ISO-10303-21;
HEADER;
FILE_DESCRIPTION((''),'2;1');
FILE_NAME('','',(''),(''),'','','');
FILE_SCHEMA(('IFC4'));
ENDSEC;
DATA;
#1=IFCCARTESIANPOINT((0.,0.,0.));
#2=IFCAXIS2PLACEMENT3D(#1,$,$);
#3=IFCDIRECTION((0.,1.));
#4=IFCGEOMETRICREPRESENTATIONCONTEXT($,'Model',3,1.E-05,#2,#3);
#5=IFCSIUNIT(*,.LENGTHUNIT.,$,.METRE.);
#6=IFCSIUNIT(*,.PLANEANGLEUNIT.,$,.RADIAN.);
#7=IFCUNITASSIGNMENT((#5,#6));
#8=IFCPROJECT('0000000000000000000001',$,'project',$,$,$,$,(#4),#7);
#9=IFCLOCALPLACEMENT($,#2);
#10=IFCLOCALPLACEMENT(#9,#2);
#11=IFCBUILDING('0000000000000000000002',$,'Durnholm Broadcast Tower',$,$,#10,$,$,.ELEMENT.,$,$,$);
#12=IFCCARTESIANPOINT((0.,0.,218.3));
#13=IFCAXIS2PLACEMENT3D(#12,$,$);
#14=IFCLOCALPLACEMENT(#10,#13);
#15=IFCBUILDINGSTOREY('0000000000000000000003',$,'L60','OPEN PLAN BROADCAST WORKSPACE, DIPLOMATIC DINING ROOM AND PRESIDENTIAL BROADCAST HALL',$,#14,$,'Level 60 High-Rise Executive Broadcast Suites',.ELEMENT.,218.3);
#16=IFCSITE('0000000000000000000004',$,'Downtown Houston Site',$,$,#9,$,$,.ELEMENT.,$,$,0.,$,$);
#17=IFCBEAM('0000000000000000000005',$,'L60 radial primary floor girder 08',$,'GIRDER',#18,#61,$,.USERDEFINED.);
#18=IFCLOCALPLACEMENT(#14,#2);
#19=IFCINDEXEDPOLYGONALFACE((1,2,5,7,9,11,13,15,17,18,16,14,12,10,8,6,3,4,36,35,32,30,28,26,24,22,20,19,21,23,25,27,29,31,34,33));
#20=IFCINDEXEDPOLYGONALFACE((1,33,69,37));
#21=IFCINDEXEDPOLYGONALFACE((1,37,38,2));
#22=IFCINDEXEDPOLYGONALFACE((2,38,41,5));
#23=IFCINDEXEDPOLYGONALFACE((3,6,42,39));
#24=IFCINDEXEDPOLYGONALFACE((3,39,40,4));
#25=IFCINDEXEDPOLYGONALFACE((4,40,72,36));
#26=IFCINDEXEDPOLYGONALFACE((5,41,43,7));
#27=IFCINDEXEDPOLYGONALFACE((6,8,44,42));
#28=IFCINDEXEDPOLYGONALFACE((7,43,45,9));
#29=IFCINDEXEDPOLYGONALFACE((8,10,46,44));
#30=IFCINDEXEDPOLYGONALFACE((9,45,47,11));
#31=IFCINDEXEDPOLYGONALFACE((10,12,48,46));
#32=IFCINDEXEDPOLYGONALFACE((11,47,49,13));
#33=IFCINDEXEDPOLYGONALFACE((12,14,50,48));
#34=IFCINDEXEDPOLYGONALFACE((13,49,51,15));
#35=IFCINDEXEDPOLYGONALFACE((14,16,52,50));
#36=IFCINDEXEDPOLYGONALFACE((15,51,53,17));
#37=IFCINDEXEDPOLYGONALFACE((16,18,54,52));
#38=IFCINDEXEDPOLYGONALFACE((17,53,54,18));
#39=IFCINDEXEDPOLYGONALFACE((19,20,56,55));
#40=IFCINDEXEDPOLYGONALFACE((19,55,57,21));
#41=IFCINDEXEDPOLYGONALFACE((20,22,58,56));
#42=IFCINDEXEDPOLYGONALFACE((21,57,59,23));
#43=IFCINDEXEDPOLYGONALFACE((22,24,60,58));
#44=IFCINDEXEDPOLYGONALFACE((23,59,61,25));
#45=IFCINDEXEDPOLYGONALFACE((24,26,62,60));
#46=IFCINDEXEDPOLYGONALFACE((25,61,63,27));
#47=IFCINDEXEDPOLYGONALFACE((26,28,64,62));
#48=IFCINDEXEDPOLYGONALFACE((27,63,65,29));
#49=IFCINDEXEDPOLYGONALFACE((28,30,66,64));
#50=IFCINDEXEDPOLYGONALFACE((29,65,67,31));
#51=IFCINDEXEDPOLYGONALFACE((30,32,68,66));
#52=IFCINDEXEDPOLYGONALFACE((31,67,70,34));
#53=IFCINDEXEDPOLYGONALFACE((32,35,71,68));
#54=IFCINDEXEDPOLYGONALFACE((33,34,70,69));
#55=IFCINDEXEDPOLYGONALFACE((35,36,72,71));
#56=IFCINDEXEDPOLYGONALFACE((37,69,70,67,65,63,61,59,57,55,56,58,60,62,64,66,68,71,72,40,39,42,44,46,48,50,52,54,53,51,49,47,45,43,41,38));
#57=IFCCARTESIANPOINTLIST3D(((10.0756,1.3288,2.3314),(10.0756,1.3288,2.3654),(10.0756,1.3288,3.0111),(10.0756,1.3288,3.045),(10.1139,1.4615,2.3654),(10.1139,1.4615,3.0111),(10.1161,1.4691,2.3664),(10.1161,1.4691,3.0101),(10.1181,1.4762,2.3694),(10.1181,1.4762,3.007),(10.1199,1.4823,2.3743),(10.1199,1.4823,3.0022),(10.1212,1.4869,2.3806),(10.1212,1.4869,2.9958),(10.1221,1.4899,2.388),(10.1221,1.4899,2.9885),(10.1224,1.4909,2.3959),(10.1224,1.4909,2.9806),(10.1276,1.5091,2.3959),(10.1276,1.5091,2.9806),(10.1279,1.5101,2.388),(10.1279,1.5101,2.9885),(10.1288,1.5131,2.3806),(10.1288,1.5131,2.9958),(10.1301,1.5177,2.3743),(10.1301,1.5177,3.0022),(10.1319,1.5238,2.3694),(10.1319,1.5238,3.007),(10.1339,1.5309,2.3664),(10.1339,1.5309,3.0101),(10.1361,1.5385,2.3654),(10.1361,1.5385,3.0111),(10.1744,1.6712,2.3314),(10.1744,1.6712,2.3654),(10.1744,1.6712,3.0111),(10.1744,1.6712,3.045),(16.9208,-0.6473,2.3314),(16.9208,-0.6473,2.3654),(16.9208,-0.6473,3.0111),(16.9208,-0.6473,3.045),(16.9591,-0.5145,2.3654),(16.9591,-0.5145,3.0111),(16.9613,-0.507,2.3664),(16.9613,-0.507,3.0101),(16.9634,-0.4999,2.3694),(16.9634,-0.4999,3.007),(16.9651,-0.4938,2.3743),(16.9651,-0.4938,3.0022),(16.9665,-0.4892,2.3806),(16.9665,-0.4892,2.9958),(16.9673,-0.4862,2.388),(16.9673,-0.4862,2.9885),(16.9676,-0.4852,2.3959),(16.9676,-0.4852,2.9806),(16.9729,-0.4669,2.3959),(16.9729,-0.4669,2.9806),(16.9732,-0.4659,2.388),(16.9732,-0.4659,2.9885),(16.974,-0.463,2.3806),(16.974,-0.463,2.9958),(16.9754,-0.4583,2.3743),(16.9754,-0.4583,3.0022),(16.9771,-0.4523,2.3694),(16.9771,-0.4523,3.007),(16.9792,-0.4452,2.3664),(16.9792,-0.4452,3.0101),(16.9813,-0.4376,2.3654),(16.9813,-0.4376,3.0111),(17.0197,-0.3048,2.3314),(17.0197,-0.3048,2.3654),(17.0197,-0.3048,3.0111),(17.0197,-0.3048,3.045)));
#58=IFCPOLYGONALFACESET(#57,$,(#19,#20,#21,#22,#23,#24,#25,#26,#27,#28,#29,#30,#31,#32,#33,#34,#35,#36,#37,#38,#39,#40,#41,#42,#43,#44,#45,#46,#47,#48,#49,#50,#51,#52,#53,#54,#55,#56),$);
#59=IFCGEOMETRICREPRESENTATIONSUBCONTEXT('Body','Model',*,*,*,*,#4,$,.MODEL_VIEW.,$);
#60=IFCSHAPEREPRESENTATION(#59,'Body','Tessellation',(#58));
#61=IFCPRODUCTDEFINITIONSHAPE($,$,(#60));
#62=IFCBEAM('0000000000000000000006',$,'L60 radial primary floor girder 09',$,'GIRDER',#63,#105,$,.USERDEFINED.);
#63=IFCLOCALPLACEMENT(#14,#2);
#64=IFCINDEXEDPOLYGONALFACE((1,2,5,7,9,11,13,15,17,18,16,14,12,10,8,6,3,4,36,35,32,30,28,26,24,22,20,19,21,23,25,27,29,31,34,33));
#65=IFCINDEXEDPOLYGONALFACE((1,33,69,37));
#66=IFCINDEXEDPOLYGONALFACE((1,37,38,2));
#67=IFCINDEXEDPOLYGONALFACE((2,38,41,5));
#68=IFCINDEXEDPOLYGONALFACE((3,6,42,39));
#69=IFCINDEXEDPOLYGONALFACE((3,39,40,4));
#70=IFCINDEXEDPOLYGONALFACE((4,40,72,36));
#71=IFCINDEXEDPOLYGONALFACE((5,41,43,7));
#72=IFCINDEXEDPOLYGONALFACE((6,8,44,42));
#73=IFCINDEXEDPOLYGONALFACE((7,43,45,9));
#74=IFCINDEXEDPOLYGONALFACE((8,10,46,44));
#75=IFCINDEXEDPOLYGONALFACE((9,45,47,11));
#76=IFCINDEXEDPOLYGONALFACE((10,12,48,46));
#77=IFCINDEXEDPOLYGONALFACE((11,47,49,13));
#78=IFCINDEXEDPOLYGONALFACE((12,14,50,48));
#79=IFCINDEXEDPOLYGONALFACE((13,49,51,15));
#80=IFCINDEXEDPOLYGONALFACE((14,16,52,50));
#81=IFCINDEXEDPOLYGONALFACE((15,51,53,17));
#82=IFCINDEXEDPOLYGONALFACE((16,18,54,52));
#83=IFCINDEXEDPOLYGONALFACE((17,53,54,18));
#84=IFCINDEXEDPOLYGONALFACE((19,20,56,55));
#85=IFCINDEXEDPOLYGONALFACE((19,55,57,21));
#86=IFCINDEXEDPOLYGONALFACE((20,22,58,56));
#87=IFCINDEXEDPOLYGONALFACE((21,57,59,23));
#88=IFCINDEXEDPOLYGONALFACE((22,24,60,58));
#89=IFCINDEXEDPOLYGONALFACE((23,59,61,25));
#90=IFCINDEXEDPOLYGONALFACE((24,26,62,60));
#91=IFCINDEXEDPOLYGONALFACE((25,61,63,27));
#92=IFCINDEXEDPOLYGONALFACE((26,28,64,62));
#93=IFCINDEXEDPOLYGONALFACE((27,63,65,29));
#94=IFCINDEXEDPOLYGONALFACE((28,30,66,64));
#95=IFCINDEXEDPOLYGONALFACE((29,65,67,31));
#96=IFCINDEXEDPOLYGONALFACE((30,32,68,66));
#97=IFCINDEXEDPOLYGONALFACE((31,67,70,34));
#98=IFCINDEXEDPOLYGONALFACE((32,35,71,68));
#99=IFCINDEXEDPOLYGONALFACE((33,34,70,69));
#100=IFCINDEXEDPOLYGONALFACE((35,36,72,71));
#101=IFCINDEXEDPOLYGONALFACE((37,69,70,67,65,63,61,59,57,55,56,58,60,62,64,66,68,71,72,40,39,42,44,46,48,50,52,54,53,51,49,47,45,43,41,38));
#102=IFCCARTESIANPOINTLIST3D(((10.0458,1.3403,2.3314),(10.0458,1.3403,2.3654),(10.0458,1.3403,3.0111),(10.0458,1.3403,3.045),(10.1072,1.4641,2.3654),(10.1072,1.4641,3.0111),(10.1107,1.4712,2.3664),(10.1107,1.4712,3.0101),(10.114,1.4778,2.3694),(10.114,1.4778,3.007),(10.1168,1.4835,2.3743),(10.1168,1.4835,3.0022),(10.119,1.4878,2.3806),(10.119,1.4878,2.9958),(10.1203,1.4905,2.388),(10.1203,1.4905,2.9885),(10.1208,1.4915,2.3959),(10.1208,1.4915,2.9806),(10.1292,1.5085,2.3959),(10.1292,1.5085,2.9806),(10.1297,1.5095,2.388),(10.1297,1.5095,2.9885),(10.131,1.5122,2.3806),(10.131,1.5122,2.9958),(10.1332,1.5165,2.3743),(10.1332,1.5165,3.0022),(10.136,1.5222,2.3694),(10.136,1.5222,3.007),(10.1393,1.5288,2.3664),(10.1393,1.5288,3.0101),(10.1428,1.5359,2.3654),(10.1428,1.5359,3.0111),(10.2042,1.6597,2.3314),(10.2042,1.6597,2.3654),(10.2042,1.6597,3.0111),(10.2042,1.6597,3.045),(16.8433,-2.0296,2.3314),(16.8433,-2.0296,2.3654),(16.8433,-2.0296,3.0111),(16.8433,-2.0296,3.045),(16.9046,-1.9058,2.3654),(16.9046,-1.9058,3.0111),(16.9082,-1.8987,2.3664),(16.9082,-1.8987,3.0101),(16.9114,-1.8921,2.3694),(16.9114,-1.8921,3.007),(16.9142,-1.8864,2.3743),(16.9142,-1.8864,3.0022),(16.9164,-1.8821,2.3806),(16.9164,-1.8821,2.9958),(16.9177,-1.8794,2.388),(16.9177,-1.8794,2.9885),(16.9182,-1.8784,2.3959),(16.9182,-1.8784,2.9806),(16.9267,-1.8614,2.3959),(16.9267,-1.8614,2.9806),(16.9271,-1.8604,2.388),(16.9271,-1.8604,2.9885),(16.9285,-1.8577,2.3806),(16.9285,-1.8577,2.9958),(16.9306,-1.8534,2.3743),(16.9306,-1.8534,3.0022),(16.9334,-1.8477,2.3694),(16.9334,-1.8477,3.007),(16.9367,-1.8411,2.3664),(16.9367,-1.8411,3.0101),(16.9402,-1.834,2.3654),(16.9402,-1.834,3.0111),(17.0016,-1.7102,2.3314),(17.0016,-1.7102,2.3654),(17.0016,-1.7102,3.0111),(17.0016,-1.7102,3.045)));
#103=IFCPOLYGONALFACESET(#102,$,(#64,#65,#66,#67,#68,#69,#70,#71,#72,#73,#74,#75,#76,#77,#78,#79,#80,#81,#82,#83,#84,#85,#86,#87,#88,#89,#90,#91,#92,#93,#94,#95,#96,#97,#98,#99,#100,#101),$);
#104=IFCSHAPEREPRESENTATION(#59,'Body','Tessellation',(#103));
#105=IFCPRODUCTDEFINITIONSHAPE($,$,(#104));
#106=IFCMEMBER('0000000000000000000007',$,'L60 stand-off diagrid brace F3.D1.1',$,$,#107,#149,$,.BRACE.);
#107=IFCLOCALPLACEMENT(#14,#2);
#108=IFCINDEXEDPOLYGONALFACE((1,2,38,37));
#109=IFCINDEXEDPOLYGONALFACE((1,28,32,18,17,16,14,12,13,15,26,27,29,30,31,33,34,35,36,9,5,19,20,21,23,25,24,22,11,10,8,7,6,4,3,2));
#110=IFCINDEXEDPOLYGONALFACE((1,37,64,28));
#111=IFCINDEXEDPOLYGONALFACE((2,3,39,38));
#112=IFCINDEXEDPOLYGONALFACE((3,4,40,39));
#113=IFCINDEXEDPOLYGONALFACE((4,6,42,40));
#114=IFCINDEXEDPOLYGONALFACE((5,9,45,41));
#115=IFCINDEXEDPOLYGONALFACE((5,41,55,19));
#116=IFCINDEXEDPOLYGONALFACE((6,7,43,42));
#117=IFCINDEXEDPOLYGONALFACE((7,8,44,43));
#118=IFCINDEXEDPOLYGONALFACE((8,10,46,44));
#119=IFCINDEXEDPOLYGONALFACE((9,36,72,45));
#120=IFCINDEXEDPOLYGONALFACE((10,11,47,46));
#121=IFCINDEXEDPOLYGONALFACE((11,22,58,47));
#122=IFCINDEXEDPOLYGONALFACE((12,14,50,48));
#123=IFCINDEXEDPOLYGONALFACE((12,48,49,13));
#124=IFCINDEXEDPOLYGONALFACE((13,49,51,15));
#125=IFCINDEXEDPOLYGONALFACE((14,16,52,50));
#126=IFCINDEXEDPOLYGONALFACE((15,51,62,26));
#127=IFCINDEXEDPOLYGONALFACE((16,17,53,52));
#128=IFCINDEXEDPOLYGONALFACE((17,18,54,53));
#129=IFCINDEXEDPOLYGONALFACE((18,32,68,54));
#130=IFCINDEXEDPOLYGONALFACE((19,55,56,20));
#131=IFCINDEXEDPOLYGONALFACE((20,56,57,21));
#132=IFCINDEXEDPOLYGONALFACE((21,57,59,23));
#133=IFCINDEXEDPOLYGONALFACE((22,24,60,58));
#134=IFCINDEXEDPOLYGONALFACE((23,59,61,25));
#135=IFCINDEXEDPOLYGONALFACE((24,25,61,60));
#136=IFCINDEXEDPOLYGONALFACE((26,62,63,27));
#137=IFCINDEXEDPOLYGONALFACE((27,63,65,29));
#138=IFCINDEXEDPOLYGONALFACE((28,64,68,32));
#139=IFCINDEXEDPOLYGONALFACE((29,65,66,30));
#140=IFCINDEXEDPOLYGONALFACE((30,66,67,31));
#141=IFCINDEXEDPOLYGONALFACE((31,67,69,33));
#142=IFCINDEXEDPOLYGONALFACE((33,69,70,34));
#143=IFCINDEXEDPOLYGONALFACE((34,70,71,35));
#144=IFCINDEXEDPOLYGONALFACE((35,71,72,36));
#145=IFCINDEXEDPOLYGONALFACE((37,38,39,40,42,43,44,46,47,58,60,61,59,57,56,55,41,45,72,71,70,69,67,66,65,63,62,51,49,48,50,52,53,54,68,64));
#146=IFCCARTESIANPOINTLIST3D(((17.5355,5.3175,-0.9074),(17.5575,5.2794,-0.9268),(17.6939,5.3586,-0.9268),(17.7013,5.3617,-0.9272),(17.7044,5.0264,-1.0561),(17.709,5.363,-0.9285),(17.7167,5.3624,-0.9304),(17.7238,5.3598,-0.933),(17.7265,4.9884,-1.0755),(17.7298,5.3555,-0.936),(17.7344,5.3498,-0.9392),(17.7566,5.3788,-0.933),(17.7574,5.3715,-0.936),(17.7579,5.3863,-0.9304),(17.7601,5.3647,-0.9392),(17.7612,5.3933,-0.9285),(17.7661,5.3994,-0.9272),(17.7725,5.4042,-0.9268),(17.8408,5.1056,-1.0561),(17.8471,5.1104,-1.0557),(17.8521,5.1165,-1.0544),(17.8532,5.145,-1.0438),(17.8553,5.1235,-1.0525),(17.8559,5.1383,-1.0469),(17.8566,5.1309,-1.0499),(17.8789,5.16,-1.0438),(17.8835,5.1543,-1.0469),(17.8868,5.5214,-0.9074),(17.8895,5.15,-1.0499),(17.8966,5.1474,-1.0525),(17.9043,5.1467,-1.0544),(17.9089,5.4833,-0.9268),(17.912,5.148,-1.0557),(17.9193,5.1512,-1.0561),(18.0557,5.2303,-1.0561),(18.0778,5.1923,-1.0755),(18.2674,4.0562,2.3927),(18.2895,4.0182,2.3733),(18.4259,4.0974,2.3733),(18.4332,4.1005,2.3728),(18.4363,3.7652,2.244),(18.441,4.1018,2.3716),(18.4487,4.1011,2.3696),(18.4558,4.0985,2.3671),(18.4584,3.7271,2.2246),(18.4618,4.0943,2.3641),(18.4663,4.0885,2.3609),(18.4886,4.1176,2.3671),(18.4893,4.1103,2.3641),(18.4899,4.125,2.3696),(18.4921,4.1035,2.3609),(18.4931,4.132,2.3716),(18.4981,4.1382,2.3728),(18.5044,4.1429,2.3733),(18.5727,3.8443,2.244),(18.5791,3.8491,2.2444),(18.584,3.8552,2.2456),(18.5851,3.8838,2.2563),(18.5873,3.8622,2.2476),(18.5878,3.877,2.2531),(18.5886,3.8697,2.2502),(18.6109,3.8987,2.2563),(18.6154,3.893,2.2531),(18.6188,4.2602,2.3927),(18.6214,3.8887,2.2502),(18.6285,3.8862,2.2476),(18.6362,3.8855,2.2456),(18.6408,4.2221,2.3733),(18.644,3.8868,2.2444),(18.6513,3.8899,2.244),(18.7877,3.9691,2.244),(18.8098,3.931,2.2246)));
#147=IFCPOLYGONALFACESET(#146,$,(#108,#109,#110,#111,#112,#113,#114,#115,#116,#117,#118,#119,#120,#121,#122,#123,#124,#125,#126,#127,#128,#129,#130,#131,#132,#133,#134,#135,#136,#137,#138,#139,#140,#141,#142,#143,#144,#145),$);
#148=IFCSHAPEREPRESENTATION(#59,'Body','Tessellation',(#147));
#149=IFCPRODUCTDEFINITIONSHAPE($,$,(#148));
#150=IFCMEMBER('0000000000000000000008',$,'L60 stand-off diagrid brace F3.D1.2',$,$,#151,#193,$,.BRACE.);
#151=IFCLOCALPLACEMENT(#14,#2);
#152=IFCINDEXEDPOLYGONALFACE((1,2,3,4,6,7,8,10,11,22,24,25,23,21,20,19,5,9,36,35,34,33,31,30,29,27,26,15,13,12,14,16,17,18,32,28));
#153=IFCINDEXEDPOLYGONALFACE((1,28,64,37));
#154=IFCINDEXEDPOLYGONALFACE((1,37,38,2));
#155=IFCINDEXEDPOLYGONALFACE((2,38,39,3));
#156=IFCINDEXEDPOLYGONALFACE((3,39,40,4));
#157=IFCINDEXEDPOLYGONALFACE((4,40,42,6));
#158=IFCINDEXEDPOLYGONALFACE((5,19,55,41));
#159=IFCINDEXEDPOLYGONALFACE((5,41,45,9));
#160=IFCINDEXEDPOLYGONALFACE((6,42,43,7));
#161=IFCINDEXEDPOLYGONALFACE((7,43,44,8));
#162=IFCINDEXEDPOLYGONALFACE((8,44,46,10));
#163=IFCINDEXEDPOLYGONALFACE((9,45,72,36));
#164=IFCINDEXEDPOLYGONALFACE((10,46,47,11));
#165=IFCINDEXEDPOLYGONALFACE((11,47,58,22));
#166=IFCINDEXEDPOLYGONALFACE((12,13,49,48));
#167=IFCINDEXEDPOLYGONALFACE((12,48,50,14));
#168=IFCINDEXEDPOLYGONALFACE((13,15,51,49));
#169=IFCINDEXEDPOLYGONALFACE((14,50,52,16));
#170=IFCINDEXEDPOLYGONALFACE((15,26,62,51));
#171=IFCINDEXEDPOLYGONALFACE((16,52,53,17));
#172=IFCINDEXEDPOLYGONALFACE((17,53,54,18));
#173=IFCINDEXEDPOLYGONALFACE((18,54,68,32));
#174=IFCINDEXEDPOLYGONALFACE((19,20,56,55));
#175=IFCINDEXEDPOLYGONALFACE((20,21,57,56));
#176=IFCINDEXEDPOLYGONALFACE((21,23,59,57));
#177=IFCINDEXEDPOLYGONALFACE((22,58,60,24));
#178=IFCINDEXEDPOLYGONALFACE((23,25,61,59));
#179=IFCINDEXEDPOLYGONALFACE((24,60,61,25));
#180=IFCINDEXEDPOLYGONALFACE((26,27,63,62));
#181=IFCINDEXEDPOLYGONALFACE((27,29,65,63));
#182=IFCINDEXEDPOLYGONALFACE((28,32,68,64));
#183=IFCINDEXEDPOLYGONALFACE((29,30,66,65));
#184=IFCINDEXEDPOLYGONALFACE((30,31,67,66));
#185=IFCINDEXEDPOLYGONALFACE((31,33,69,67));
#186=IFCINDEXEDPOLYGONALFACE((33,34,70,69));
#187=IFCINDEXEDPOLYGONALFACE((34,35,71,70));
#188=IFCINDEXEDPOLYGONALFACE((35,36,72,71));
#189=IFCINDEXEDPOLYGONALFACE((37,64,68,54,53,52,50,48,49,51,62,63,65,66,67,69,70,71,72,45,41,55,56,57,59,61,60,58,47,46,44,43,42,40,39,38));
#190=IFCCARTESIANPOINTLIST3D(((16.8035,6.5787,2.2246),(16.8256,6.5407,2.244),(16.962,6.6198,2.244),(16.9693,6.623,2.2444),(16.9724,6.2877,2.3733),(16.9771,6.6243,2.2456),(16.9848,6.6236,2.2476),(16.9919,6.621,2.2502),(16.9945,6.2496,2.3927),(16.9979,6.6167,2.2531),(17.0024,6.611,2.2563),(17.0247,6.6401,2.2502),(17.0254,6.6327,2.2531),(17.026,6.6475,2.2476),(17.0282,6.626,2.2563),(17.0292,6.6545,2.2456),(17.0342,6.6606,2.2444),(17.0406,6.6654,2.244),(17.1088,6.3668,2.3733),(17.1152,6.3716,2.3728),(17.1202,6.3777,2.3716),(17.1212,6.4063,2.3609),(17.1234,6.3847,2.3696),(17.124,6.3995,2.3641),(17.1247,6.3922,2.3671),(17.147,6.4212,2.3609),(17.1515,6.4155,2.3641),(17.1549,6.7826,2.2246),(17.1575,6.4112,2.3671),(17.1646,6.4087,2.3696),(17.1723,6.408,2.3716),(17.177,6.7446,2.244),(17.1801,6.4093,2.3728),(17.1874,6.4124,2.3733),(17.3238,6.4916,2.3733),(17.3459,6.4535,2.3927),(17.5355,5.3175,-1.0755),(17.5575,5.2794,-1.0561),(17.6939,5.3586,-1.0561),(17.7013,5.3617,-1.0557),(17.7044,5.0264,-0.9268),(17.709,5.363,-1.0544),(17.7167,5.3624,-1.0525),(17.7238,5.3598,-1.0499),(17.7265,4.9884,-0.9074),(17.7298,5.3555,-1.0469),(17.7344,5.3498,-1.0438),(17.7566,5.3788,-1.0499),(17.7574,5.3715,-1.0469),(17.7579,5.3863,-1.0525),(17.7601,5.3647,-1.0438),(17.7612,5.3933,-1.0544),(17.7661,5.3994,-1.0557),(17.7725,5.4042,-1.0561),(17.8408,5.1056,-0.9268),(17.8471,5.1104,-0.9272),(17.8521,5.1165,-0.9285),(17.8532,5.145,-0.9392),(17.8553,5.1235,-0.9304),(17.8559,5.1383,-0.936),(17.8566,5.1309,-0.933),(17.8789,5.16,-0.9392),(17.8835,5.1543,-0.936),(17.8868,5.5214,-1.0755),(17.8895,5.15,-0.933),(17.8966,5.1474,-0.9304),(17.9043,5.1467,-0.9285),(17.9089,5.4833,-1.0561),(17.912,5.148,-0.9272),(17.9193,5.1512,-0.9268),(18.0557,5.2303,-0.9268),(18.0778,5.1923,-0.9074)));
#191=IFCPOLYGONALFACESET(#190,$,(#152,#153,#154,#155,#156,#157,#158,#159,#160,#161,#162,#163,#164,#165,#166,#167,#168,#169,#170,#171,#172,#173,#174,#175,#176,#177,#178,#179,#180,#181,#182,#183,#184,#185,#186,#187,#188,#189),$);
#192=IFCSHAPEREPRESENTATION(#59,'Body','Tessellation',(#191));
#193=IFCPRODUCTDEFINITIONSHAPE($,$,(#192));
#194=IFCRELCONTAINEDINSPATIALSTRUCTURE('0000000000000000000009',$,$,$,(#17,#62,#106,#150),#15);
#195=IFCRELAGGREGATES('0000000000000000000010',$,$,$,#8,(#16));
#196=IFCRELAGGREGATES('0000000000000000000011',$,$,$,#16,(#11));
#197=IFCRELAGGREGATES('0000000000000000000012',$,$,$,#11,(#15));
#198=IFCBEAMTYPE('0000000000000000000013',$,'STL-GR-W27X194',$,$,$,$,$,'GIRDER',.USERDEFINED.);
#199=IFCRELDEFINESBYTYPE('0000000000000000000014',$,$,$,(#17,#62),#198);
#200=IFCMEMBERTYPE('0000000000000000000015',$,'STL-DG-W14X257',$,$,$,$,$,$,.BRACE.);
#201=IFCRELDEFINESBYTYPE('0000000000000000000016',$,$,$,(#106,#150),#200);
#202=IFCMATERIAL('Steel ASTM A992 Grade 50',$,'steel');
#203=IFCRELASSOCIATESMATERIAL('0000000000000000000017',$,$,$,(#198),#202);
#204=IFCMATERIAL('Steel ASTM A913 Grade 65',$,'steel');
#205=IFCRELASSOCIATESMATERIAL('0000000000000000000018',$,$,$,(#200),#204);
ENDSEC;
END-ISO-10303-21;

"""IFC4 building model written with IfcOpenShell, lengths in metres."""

from ifc_helpers import new_model, si_unit, direction, frame, origin, origin_2d, place, context, subcontext, project, spatial, i_section, extrude, source, transform, mapped, material, material_profile, profile_set, type_object, type_shapes, element, save


model = new_model("IFC4")

# Units and contexts
model_context = context("Model", 3, precision=1e-05, world=origin(), true_north=direction((0.0, 1.0)))
body_context = subcontext(model_context, "Body", "Model", "MODEL_VIEW")
ifc_project = project(units=[si_unit("LENGTHUNIT", "METRE"), si_unit("PLANEANGLEUNIT", "RADIAN")], contexts=[model_context])

# Site, building, storey
site_placement = place(None, origin())
site = spatial("IfcSite", under=ifc_project, at=site_placement, Name="Downtown Houston Site", CompositionType="ELEMENT", RefElevation=0.0)
building_placement = place(site_placement, origin())
building = spatial("IfcBuilding", under=site, at=building_placement, Name="Durnholm Broadcast Tower", CompositionType="ELEMENT")
storey_placement = place(building_placement, frame((0.0, 0.0, 218.3)))
storey = spatial("IfcBuildingStorey", under=building, at=storey_placement, Name="L60", Description="OPEN PLAN BROADCAST WORKSPACE, DIPLOMATIC DINING ROOM AND PRESIDENTIAL BROADCAST HALL", LongName="Level 60 High-Rise Executive Broadcast Suites", CompositionType="ELEMENT", Elevation=218.3)

# Beams
ifc_material_1 = material(Name="Steel ASTM A992 Grade 50", Category="steel")
ifc_material_profile_1 = material_profile(ifc_material_1, i_section(OverallWidth=0.3564, OverallDepth=0.7136, WebThickness=0.019, FlangeThickness=0.0339, FilletRadius=0.0305, at=origin_2d()), Name="W27X194")
ifc_profile_set_1 = profile_set([ifc_material_profile_1], Name="Steel ASTM A992 Grade 50")
beam_type_1 = type_object("IfcBeamType", Name="STL-GR-W27X194", ElementType="GIRDER", PredefinedType="USERDEFINED", material=ifc_profile_set_1)
shared_shape_1 = source(origin(), body_context, "Body", "SweptSolid", [
    extrude(i_section(OverallWidth=0.3564, OverallDepth=0.7136, WebThickness=0.019, FlangeThickness=0.0339, FilletRadius=0.0305, at=origin_2d()), origin(), (0.0, 0.0, 1.0), 7.1248),
])
beam_1_placement = place(storey_placement, frame((10.125, 1.5, 2.6882), z_axis=(0.960768, -0.277354, 0.0), x_axis=(0.277354, 0.960768, 0.0)))
element("IfcBeam", 1, at=beam_1_placement, inside=storey, type_object=beam_type_1, Name="L60 radial primary floor girder 08", ObjectType="GIRDER", PredefinedType="USERDEFINED", context=body_context, shape_type="MappedRepresentation", body=[
    mapped(shared_shape_1, transform((0.0, 0.0, 0.0), x_axis=(1.0, 0.0, 0.0), y_axis=(0.0, 1.0, 0.0), z_axis=(0.0, 0.0, 1.0), scale=1.0)),
])
shared_shape_2 = source(origin(), body_context, "Body", "SweptSolid", [
    extrude(i_section(OverallWidth=0.3564, OverallDepth=0.7136, WebThickness=0.019, FlangeThickness=0.0339, FilletRadius=0.0305, at=origin_2d()), origin(), (0.0, 0.0, 1.0), 7.5869),
])
type_shapes(beam_type_1, [shared_shape_1, shared_shape_2])
beam_2_placement = place(storey_placement, frame((10.125, 1.5, 2.6882), z_axis=(0.895941, -0.444173, 0.0), x_axis=(0.444173, 0.895941, 0.0)))
element("IfcBeam", 2, at=beam_2_placement, inside=storey, type_object=beam_type_1, Name="L60 radial primary floor girder 09", ObjectType="GIRDER", PredefinedType="USERDEFINED", context=body_context, shape_type="MappedRepresentation", body=[
    mapped(shared_shape_2, transform((0.0, 0.0, 0.0), x_axis=(1.0, 0.0, 0.0), y_axis=(0.0, 1.0, 0.0), z_axis=(0.0, 0.0, 1.0), scale=1.0)),
])

# Members
ifc_material_2 = material(Name="Steel ASTM A913 Grade 65", Category="steel")
ifc_material_profile_2 = material_profile(ifc_material_2, i_section(OverallWidth=0.4062, OverallDepth=0.416, WebThickness=0.0298, FlangeThickness=0.0481, FilletRadius=0.0305, at=origin_2d()), Name="W14X257")
ifc_profile_set_2 = profile_set([ifc_material_profile_2], Name="Steel ASTM A913 Grade 65")
member_type_1 = type_object("IfcMemberType", Name="STL-DG-W14X257", PredefinedType="BRACE", material=ifc_profile_set_2)
shared_shape_3 = source(origin(), body_context, "Body", "SweptSolid", [
    extrude(i_section(OverallWidth=0.4062, OverallDepth=0.416, WebThickness=0.0298, FlangeThickness=0.0481, FilletRadius=0.0305, at=origin_2d()), origin(), (0.0, 0.0, 1.0), 3.6079),
])
type_shapes(member_type_1, [shared_shape_3])
for number, where, z_axis, x_axis, name in (
    (3, (17.8066, 5.2549, -0.9915), (0.202871, -0.349577, 0.91468), (0.864906, 0.501934, 0.0), "L60 stand-off diagrid brace F3.D1.1"),
    (4, (17.8066, 5.2549, -0.9915), (-0.202871, 0.349577, 0.91468), (-0.864906, -0.501934, 0.0), "L60 stand-off diagrid brace F3.D1.2"),
):
    element("IfcMember", number, at=place(storey_placement, frame(where, z_axis=z_axis, x_axis=x_axis)), inside=storey, type_object=member_type_1, Name=name, PredefinedType="BRACE", context=body_context, shape_type="MappedRepresentation", body=[
        mapped(shared_shape_3, transform((0.0, 0.0, 0.0), x_axis=(1.0, 0.0, 0.0), y_axis=(0.0, 1.0, 0.0), z_axis=(0.0, 0.0, 1.0), scale=1.0)),
    ])

save(model, "model.ifc")
